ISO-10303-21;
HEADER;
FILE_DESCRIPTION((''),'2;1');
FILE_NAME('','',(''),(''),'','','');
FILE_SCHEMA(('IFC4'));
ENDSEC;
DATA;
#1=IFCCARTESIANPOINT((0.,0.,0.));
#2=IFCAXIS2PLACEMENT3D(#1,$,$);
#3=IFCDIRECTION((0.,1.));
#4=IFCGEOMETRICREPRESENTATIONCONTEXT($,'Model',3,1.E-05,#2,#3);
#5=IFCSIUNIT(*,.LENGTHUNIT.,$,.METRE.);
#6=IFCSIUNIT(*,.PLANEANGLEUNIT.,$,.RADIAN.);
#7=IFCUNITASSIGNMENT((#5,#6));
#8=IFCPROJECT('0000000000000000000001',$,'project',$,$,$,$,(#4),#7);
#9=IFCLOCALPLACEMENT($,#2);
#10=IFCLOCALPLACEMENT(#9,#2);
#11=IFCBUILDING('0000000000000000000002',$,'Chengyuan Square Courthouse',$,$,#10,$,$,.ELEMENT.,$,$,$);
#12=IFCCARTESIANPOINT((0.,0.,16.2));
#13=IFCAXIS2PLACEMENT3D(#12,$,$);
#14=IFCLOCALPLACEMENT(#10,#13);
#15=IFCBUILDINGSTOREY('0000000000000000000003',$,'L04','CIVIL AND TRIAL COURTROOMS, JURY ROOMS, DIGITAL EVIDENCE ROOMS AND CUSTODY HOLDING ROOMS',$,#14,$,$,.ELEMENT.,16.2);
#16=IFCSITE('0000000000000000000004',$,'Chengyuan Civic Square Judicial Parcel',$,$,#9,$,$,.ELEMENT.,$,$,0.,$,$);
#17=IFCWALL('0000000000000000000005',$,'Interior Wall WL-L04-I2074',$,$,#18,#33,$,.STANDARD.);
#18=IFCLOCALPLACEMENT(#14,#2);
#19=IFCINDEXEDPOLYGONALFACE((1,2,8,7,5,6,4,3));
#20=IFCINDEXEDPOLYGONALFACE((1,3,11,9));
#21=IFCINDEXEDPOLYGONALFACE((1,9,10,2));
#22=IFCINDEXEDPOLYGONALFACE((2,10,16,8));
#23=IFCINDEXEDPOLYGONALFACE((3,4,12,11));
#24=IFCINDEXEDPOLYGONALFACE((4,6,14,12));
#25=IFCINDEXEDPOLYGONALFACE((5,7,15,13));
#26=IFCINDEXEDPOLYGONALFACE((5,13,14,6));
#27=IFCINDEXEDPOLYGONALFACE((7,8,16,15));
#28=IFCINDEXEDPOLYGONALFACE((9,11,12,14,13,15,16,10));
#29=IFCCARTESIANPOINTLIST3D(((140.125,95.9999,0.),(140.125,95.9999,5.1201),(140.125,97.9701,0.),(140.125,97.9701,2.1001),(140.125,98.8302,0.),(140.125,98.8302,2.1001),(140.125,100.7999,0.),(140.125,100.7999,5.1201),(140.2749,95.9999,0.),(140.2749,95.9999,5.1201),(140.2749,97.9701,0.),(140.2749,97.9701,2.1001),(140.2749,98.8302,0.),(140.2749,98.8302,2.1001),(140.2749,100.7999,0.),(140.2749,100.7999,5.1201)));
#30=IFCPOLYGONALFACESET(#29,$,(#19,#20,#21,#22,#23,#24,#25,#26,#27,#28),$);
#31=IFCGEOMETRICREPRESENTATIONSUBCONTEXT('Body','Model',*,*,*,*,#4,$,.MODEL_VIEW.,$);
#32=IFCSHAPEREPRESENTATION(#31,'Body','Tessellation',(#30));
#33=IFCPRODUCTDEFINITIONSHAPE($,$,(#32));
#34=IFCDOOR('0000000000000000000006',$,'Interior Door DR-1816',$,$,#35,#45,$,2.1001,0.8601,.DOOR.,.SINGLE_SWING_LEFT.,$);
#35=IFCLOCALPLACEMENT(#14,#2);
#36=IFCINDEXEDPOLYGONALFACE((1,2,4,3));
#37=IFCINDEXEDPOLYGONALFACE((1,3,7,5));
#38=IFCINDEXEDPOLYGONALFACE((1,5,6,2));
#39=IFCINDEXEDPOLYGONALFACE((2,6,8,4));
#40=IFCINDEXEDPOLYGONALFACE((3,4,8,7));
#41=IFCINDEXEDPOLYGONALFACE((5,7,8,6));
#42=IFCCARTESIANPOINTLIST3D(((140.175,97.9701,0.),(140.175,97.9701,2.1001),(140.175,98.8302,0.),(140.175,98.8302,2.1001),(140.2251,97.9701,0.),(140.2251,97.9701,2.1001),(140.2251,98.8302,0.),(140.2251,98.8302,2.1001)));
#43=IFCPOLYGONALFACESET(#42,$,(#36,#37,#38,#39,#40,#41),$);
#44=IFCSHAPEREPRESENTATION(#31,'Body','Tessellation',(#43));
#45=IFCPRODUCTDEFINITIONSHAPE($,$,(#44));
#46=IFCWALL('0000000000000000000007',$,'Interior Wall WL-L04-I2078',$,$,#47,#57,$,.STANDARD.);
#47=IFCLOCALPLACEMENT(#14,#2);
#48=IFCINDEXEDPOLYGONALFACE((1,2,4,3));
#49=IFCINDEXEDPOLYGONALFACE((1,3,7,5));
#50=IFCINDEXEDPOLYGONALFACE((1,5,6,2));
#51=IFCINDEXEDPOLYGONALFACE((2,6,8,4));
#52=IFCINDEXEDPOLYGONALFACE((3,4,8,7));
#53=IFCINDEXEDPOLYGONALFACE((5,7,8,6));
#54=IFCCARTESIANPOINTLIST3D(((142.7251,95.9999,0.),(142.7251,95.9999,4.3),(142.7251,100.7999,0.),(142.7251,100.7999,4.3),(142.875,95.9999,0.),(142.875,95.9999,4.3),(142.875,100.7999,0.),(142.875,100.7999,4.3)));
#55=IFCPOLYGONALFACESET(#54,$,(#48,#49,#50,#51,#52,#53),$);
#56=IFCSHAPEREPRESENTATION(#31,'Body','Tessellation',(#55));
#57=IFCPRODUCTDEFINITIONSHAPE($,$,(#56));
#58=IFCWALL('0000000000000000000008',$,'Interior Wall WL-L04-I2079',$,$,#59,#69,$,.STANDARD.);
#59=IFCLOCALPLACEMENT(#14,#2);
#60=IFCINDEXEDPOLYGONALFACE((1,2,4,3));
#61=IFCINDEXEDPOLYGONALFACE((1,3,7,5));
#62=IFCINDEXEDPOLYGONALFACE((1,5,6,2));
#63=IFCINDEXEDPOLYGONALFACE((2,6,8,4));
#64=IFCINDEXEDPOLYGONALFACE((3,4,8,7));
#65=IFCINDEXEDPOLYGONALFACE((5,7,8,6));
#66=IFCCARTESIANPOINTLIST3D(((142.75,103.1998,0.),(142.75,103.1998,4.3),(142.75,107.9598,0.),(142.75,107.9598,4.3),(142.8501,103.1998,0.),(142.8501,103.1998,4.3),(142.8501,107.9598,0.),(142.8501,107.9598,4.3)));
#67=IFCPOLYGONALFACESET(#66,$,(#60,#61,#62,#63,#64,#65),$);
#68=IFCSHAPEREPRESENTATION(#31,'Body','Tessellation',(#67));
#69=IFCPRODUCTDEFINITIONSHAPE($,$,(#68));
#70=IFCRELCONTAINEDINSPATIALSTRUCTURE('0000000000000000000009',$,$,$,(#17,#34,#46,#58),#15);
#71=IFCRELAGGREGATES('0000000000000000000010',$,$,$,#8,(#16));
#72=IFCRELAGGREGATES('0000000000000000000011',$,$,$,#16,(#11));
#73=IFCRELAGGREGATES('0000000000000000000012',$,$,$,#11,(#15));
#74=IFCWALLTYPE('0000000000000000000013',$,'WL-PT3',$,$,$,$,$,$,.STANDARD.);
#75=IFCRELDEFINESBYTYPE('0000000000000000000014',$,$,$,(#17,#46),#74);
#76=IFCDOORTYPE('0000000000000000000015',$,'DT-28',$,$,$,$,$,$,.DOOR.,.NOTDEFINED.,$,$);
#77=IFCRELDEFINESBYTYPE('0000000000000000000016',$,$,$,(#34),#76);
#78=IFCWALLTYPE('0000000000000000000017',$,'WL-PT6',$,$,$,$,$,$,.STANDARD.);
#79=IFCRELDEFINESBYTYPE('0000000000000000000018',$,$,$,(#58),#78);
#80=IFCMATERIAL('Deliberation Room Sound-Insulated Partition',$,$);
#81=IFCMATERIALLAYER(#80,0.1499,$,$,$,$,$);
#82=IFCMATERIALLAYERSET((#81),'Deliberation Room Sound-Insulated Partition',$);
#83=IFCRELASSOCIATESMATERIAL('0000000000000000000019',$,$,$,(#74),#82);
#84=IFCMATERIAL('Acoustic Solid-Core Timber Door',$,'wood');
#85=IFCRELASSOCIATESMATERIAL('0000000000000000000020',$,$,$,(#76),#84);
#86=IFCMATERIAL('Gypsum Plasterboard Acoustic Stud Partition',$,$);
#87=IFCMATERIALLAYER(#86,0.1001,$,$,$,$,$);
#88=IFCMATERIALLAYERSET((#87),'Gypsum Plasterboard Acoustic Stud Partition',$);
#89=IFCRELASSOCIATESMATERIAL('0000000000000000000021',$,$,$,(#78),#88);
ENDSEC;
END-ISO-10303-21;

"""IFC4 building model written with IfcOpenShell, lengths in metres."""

from ifc_helpers import new_model, si_unit, direction, frame, frame_2d, origin, place, context, subcontext, project, spatial, rectangle, extrude, material, layer, layer_set, type_object, element, fill, save


model = new_model("IFC4")

# Units and contexts
model_context = context("Model", 3, precision=1e-05, world=origin(), true_north=direction((0.0, 1.0)))
body_context = subcontext(model_context, "Body", "Model", "MODEL_VIEW")
ifc_project = project(units=[si_unit("LENGTHUNIT", "METRE"), si_unit("PLANEANGLEUNIT", "RADIAN")], contexts=[model_context])

# Site, building, storey
site_placement = place(None, origin())
site = spatial("IfcSite", under=ifc_project, at=site_placement, Name="Chengyuan Civic Square Judicial Parcel", CompositionType="ELEMENT", RefElevation=0.0)
building_placement = place(site_placement, origin())
building = spatial("IfcBuilding", under=site, at=building_placement, Name="Chengyuan Square Courthouse", CompositionType="ELEMENT")
storey_placement = place(building_placement, frame((0.0, 0.0, 16.2)))
storey = spatial("IfcBuildingStorey", under=building, at=storey_placement, Name="L04", Description="CIVIL AND TRIAL COURTROOMS, JURY ROOMS, DIGITAL EVIDENCE ROOMS AND CUSTODY HOLDING ROOMS", CompositionType="ELEMENT", Elevation=16.2)

# Shared definitions
ifc_material_1 = material(Name="Deliberation Room Sound-Insulated Partition")
ifc_layer_1 = layer(ifc_material_1, 0.1499)
ifc_layer_set_1 = layer_set([ifc_layer_1], Name="Deliberation Room Sound-Insulated Partition")
wall_type_1 = type_object("IfcWallType", Name="WL-PT3", PredefinedType="STANDARD", material=ifc_layer_set_1)
ifc_material_2 = material(Name="Acoustic Solid-Core Timber Door", Category="wood")

# Wall, opening, door
wall_1_placement = place(storey_placement, frame((140.2, 96.0, 0.0), z_axis=(0.0, 0.0, 1.0), x_axis=(0.0, 1.0, 0.0)))
wall_1 = element("IfcWall", 1, at=wall_1_placement, inside=storey, type_object=wall_type_1, Name="Interior Wall WL-L04-I2074", PredefinedType="STANDARD", context=body_context, shape_type="SweptSolid", body=[
    extrude(rectangle(XDim=4.8, YDim=0.1499, at=frame_2d((2.3999, 0.0))), origin(), (0.0, 0.0, 1.0), 5.1201),
])
opening_1_placement = place(wall_1_placement, frame((1.97, 0.0, 0.0)))
opening_1 = element("IfcOpeningElement", 2, at=opening_1_placement, cuts=wall_1, PredefinedType="OPENING", context=body_context, shape_type="SweptSolid", body=[
    extrude(rectangle(XDim=0.8601, YDim=2.1001, at=frame_2d((0.4302, 1.05))), frame((0.0, 0.0869, 0.0), z_axis=(0.0, -1.0, 0.0), x_axis=(1.0, 0.0, 0.0)), (0.0, 0.0, 1.0), 0.1738),
])
door_type_1 = type_object("IfcDoorType", Name="DT-28", OperationType="NOTDEFINED", PredefinedType="DOOR", material=ifc_material_2)
door_1_placement = place(opening_1_placement, origin())
door_1 = element("IfcDoor", 3, at=door_1_placement, inside=storey, type_object=door_type_1, Name="Interior Door DR-1816", OperationType="SINGLE_SWING_LEFT", OverallHeight=2.1001, OverallWidth=0.8601, PredefinedType="DOOR", context=body_context, shape_type="SweptSolid", body=[
    extrude(rectangle(XDim=0.8601, YDim=2.1001, at=frame_2d((0.4302, 1.05))), frame((0.0, 0.0249, 0.0), z_axis=(0.0, -1.0, 0.0), x_axis=(1.0, 0.0, 0.0)), (0.0, 0.0, 1.0), 0.05),
])
fill(opening_1, door_1)

# Walls
wall_2_placement = place(storey_placement, frame((142.8, 96.0, 0.0), z_axis=(0.0, 0.0, 1.0), x_axis=(0.0, 1.0, 0.0)))
element("IfcWall", 4, at=wall_2_placement, inside=storey, type_object=wall_type_1, Name="Interior Wall WL-L04-I2078", PredefinedType="STANDARD", context=body_context, shape_type="SweptSolid", body=[
    extrude(rectangle(XDim=4.8, YDim=0.1499, at=frame_2d((2.3999, 0.0))), origin(), (0.0, 0.0, 1.0), 4.3),
])
ifc_material_3 = material(Name="Gypsum Plasterboard Acoustic Stud Partition")
ifc_layer_2 = layer(ifc_material_3, 0.1001)
ifc_layer_set_2 = layer_set([ifc_layer_2], Name="Gypsum Plasterboard Acoustic Stud Partition")
wall_type_2 = type_object("IfcWallType", Name="WL-PT6", PredefinedType="STANDARD", material=ifc_layer_set_2)
wall_3_placement = place(storey_placement, frame((142.8, 103.2, 0.0), z_axis=(0.0, 0.0, 1.0), x_axis=(0.0, 1.0, 0.0)))
element("IfcWall", 5, at=wall_3_placement, inside=storey, type_object=wall_type_2, Name="Interior Wall WL-L04-I2079", PredefinedType="STANDARD", context=body_context, shape_type="SweptSolid", body=[
    extrude(rectangle(XDim=4.76, YDim=0.1001, at=frame_2d((2.3799, 0.0))), origin(), (0.0, 0.0, 1.0), 4.3),
])

save(model, "model.ifc")
